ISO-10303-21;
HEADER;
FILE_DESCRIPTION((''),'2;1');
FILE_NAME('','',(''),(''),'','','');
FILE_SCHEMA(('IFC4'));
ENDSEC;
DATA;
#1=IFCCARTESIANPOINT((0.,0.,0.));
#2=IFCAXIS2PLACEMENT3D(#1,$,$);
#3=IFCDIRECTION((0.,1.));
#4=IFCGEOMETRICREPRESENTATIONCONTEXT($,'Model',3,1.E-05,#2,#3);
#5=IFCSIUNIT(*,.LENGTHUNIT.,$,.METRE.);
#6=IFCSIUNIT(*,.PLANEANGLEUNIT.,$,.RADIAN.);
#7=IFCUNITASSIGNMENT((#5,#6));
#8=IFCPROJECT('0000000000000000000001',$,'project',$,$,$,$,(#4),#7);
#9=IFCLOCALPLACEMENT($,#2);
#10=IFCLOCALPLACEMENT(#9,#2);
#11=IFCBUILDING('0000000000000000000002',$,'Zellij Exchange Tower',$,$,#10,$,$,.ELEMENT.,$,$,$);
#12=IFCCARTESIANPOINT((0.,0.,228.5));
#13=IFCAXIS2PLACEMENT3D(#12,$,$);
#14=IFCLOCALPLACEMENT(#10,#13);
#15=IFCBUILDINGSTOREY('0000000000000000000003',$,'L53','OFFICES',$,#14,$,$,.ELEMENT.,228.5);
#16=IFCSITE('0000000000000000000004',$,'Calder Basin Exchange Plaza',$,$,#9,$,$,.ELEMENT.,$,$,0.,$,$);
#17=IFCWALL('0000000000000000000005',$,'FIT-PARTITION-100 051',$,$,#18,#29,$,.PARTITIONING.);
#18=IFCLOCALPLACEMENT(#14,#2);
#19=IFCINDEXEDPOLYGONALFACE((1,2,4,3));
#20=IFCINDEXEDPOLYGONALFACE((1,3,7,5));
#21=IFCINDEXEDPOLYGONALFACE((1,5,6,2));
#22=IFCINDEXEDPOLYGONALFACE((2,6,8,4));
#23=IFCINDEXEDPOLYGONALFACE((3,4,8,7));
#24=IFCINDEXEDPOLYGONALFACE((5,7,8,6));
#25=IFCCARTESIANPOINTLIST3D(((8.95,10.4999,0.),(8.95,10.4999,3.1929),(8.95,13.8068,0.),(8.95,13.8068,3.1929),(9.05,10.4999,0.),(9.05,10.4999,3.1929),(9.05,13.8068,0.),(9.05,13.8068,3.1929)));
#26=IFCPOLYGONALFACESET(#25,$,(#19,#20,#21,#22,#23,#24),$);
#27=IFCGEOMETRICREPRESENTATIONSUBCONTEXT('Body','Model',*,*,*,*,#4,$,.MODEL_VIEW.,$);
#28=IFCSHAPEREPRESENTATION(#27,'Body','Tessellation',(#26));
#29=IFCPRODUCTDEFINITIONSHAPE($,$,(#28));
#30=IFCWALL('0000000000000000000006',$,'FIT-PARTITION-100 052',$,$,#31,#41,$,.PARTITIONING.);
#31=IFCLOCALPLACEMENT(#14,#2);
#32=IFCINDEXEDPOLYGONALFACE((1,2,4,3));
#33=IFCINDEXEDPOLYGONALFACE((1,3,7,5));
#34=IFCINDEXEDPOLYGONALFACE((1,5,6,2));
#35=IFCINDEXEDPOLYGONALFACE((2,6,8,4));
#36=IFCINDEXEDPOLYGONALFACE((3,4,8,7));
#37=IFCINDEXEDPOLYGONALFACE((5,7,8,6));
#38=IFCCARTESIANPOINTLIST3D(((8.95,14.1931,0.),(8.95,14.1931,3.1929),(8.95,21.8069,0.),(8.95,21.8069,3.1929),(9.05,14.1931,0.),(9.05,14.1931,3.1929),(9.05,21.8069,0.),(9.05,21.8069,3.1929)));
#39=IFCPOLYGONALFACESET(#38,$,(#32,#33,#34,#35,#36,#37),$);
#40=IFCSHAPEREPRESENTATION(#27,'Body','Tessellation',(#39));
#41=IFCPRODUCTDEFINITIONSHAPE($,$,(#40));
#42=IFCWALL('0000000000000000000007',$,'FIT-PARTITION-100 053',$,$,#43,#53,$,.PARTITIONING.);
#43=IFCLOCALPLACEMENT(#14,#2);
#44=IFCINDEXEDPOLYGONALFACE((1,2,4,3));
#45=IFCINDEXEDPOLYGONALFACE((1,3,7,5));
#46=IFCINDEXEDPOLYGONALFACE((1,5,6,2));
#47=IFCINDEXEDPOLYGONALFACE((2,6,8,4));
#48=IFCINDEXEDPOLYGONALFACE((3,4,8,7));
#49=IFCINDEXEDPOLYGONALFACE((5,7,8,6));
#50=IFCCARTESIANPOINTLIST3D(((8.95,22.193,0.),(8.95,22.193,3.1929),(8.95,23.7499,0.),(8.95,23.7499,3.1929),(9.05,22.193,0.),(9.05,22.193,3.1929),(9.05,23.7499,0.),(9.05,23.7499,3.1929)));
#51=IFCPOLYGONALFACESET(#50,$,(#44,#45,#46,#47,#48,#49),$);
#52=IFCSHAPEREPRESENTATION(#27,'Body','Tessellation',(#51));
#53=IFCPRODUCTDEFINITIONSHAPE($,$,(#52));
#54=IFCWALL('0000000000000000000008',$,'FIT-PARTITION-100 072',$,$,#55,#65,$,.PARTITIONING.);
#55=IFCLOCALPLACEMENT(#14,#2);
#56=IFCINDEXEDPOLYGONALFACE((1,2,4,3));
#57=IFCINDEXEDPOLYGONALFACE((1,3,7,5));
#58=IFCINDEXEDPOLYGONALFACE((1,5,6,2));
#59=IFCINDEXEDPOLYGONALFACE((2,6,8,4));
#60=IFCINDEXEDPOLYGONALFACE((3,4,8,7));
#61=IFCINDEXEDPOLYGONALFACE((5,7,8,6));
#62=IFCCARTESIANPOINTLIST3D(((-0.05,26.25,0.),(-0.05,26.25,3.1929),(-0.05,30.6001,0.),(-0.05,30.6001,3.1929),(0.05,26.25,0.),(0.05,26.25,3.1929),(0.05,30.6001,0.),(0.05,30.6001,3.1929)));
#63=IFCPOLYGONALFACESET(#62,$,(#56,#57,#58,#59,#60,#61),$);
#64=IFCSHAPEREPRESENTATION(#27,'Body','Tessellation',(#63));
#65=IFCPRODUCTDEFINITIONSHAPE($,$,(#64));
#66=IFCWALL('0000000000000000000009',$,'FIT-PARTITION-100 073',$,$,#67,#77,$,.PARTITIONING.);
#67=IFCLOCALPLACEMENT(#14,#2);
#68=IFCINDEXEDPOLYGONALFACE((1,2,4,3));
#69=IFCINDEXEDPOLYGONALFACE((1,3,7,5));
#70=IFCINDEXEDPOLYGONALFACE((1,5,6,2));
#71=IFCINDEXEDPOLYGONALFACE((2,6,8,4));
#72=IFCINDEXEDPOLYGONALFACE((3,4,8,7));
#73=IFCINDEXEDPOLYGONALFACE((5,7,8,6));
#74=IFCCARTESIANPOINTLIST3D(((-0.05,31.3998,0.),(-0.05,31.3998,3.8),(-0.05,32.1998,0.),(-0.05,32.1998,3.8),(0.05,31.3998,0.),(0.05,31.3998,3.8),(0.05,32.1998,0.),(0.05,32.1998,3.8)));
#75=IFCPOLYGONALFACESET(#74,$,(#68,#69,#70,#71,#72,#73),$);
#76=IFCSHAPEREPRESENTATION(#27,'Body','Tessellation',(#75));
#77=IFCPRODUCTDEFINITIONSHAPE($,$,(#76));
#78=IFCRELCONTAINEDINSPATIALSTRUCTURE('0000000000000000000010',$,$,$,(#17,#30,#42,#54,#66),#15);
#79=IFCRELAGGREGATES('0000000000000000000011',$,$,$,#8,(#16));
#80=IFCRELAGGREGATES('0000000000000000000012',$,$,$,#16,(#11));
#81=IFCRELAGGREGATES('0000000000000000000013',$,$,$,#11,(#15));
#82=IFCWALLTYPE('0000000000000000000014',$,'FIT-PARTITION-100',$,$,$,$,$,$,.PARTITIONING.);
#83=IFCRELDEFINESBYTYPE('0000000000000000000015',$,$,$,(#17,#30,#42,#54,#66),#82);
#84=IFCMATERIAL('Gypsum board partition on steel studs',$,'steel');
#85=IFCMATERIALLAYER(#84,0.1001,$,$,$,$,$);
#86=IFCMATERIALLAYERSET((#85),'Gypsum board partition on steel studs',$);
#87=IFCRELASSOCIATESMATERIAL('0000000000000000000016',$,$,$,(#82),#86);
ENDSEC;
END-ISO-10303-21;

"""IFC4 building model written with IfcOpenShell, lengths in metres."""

from ifc_helpers import new_model, si_unit, direction, frame, frame_2d, origin, place, context, subcontext, project, spatial, rectangle, extrude, material, layer, layer_set, type_object, element, save


model = new_model("IFC4")

# Units and contexts
model_context = context("Model", 3, precision=1e-05, world=origin(), true_north=direction((0.0, 1.0)))
body_context = subcontext(model_context, "Body", "Model", "MODEL_VIEW")
ifc_project = project(units=[si_unit("LENGTHUNIT", "METRE"), si_unit("PLANEANGLEUNIT", "RADIAN")], contexts=[model_context])

# Site, building, storey
site_placement = place(None, origin())
site = spatial("IfcSite", under=ifc_project, at=site_placement, Name="Calder Basin Exchange Plaza", CompositionType="ELEMENT", RefElevation=0.0)
building_placement = place(site_placement, origin())
building = spatial("IfcBuilding", under=site, at=building_placement, Name="Zellij Exchange Tower", CompositionType="ELEMENT")
storey_placement = place(building_placement, frame((0.0, 0.0, 228.5)))
storey = spatial("IfcBuildingStorey", under=building, at=storey_placement, Name="L53", Description="OFFICES", CompositionType="ELEMENT", Elevation=228.5)

# Shared definitions
ifc_material_1 = material(Name="Gypsum board partition on steel studs", Category="steel")
ifc_layer = layer(ifc_material_1, 0.1001)
ifc_layer_set = layer_set([ifc_layer], Name="Gypsum board partition on steel studs")
wall_type = type_object("IfcWallType", Name="FIT-PARTITION-100", PredefinedType="PARTITIONING", material=ifc_layer_set)

# Walls
wall_1_placement = place(storey_placement, frame((9.0, 10.5, 0.0), z_axis=(0.0, 0.0, 1.0), x_axis=(0.0, 1.0, 0.0)))
element("IfcWall", 1, at=wall_1_placement, inside=storey, type_object=wall_type, Name="FIT-PARTITION-100 051", PredefinedType="PARTITIONING", context=body_context, shape_type="SweptSolid", body=[
    extrude(rectangle(XDim=3.3069, YDim=0.1001, at=frame_2d((1.6533, 0.0))), origin(), (0.0, 0.0, 1.0), 3.1929),
])
wall_2_placement = place(storey_placement, frame((9.0, 14.1931, 0.0), z_axis=(0.0, 0.0, 1.0), x_axis=(0.0, 1.0, 0.0)))
element("IfcWall", 2, at=wall_2_placement, inside=storey, type_object=wall_type, Name="FIT-PARTITION-100 052", PredefinedType="PARTITIONING", context=body_context, shape_type="SweptSolid", body=[
    extrude(rectangle(XDim=7.6138, YDim=0.1001, at=frame_2d((3.8069, 0.0))), origin(), (0.0, 0.0, 1.0), 3.1929),
])
wall_3_placement = place(storey_placement, frame((9.0, 22.1931, 0.0), z_axis=(0.0, 0.0, 1.0), x_axis=(0.0, 1.0, 0.0)))
element("IfcWall", 3, at=wall_3_placement, inside=storey, type_object=wall_type, Name="FIT-PARTITION-100 053", PredefinedType="PARTITIONING", context=body_context, shape_type="SweptSolid", body=[
    extrude(rectangle(XDim=1.5569, YDim=0.1001, at=frame_2d((0.7783, 0.0))), origin(), (0.0, 0.0, 1.0), 3.1929),
])
wall_4_placement = place(storey_placement, frame((0.0, 26.25, 0.0), z_axis=(0.0, 0.0, 1.0), x_axis=(0.0, 1.0, 0.0)))
element("IfcWall", 4, at=wall_4_placement, inside=storey, type_object=wall_type, Name="FIT-PARTITION-100 072", PredefinedType="PARTITIONING", context=body_context, shape_type="SweptSolid", body=[
    extrude(rectangle(XDim=4.3501, YDim=0.1001, at=frame_2d((2.175, 0.0))), origin(), (0.0, 0.0, 1.0), 3.1929),
])
wall_5_placement = place(storey_placement, frame((0.0, 31.3999, 0.0), z_axis=(0.0, 0.0, 1.0), x_axis=(0.0, 1.0, 0.0)))
element("IfcWall", 5, at=wall_5_placement, inside=storey, type_object=wall_type, Name="FIT-PARTITION-100 073", PredefinedType="PARTITIONING", context=body_context, shape_type="SweptSolid", body=[
    extrude(rectangle(XDim=0.8, YDim=0.1001, at=frame_2d((0.3999, 0.0))), origin(), (0.0, 0.0, 1.0), 3.8),
])

save(model, "model.ifc")
